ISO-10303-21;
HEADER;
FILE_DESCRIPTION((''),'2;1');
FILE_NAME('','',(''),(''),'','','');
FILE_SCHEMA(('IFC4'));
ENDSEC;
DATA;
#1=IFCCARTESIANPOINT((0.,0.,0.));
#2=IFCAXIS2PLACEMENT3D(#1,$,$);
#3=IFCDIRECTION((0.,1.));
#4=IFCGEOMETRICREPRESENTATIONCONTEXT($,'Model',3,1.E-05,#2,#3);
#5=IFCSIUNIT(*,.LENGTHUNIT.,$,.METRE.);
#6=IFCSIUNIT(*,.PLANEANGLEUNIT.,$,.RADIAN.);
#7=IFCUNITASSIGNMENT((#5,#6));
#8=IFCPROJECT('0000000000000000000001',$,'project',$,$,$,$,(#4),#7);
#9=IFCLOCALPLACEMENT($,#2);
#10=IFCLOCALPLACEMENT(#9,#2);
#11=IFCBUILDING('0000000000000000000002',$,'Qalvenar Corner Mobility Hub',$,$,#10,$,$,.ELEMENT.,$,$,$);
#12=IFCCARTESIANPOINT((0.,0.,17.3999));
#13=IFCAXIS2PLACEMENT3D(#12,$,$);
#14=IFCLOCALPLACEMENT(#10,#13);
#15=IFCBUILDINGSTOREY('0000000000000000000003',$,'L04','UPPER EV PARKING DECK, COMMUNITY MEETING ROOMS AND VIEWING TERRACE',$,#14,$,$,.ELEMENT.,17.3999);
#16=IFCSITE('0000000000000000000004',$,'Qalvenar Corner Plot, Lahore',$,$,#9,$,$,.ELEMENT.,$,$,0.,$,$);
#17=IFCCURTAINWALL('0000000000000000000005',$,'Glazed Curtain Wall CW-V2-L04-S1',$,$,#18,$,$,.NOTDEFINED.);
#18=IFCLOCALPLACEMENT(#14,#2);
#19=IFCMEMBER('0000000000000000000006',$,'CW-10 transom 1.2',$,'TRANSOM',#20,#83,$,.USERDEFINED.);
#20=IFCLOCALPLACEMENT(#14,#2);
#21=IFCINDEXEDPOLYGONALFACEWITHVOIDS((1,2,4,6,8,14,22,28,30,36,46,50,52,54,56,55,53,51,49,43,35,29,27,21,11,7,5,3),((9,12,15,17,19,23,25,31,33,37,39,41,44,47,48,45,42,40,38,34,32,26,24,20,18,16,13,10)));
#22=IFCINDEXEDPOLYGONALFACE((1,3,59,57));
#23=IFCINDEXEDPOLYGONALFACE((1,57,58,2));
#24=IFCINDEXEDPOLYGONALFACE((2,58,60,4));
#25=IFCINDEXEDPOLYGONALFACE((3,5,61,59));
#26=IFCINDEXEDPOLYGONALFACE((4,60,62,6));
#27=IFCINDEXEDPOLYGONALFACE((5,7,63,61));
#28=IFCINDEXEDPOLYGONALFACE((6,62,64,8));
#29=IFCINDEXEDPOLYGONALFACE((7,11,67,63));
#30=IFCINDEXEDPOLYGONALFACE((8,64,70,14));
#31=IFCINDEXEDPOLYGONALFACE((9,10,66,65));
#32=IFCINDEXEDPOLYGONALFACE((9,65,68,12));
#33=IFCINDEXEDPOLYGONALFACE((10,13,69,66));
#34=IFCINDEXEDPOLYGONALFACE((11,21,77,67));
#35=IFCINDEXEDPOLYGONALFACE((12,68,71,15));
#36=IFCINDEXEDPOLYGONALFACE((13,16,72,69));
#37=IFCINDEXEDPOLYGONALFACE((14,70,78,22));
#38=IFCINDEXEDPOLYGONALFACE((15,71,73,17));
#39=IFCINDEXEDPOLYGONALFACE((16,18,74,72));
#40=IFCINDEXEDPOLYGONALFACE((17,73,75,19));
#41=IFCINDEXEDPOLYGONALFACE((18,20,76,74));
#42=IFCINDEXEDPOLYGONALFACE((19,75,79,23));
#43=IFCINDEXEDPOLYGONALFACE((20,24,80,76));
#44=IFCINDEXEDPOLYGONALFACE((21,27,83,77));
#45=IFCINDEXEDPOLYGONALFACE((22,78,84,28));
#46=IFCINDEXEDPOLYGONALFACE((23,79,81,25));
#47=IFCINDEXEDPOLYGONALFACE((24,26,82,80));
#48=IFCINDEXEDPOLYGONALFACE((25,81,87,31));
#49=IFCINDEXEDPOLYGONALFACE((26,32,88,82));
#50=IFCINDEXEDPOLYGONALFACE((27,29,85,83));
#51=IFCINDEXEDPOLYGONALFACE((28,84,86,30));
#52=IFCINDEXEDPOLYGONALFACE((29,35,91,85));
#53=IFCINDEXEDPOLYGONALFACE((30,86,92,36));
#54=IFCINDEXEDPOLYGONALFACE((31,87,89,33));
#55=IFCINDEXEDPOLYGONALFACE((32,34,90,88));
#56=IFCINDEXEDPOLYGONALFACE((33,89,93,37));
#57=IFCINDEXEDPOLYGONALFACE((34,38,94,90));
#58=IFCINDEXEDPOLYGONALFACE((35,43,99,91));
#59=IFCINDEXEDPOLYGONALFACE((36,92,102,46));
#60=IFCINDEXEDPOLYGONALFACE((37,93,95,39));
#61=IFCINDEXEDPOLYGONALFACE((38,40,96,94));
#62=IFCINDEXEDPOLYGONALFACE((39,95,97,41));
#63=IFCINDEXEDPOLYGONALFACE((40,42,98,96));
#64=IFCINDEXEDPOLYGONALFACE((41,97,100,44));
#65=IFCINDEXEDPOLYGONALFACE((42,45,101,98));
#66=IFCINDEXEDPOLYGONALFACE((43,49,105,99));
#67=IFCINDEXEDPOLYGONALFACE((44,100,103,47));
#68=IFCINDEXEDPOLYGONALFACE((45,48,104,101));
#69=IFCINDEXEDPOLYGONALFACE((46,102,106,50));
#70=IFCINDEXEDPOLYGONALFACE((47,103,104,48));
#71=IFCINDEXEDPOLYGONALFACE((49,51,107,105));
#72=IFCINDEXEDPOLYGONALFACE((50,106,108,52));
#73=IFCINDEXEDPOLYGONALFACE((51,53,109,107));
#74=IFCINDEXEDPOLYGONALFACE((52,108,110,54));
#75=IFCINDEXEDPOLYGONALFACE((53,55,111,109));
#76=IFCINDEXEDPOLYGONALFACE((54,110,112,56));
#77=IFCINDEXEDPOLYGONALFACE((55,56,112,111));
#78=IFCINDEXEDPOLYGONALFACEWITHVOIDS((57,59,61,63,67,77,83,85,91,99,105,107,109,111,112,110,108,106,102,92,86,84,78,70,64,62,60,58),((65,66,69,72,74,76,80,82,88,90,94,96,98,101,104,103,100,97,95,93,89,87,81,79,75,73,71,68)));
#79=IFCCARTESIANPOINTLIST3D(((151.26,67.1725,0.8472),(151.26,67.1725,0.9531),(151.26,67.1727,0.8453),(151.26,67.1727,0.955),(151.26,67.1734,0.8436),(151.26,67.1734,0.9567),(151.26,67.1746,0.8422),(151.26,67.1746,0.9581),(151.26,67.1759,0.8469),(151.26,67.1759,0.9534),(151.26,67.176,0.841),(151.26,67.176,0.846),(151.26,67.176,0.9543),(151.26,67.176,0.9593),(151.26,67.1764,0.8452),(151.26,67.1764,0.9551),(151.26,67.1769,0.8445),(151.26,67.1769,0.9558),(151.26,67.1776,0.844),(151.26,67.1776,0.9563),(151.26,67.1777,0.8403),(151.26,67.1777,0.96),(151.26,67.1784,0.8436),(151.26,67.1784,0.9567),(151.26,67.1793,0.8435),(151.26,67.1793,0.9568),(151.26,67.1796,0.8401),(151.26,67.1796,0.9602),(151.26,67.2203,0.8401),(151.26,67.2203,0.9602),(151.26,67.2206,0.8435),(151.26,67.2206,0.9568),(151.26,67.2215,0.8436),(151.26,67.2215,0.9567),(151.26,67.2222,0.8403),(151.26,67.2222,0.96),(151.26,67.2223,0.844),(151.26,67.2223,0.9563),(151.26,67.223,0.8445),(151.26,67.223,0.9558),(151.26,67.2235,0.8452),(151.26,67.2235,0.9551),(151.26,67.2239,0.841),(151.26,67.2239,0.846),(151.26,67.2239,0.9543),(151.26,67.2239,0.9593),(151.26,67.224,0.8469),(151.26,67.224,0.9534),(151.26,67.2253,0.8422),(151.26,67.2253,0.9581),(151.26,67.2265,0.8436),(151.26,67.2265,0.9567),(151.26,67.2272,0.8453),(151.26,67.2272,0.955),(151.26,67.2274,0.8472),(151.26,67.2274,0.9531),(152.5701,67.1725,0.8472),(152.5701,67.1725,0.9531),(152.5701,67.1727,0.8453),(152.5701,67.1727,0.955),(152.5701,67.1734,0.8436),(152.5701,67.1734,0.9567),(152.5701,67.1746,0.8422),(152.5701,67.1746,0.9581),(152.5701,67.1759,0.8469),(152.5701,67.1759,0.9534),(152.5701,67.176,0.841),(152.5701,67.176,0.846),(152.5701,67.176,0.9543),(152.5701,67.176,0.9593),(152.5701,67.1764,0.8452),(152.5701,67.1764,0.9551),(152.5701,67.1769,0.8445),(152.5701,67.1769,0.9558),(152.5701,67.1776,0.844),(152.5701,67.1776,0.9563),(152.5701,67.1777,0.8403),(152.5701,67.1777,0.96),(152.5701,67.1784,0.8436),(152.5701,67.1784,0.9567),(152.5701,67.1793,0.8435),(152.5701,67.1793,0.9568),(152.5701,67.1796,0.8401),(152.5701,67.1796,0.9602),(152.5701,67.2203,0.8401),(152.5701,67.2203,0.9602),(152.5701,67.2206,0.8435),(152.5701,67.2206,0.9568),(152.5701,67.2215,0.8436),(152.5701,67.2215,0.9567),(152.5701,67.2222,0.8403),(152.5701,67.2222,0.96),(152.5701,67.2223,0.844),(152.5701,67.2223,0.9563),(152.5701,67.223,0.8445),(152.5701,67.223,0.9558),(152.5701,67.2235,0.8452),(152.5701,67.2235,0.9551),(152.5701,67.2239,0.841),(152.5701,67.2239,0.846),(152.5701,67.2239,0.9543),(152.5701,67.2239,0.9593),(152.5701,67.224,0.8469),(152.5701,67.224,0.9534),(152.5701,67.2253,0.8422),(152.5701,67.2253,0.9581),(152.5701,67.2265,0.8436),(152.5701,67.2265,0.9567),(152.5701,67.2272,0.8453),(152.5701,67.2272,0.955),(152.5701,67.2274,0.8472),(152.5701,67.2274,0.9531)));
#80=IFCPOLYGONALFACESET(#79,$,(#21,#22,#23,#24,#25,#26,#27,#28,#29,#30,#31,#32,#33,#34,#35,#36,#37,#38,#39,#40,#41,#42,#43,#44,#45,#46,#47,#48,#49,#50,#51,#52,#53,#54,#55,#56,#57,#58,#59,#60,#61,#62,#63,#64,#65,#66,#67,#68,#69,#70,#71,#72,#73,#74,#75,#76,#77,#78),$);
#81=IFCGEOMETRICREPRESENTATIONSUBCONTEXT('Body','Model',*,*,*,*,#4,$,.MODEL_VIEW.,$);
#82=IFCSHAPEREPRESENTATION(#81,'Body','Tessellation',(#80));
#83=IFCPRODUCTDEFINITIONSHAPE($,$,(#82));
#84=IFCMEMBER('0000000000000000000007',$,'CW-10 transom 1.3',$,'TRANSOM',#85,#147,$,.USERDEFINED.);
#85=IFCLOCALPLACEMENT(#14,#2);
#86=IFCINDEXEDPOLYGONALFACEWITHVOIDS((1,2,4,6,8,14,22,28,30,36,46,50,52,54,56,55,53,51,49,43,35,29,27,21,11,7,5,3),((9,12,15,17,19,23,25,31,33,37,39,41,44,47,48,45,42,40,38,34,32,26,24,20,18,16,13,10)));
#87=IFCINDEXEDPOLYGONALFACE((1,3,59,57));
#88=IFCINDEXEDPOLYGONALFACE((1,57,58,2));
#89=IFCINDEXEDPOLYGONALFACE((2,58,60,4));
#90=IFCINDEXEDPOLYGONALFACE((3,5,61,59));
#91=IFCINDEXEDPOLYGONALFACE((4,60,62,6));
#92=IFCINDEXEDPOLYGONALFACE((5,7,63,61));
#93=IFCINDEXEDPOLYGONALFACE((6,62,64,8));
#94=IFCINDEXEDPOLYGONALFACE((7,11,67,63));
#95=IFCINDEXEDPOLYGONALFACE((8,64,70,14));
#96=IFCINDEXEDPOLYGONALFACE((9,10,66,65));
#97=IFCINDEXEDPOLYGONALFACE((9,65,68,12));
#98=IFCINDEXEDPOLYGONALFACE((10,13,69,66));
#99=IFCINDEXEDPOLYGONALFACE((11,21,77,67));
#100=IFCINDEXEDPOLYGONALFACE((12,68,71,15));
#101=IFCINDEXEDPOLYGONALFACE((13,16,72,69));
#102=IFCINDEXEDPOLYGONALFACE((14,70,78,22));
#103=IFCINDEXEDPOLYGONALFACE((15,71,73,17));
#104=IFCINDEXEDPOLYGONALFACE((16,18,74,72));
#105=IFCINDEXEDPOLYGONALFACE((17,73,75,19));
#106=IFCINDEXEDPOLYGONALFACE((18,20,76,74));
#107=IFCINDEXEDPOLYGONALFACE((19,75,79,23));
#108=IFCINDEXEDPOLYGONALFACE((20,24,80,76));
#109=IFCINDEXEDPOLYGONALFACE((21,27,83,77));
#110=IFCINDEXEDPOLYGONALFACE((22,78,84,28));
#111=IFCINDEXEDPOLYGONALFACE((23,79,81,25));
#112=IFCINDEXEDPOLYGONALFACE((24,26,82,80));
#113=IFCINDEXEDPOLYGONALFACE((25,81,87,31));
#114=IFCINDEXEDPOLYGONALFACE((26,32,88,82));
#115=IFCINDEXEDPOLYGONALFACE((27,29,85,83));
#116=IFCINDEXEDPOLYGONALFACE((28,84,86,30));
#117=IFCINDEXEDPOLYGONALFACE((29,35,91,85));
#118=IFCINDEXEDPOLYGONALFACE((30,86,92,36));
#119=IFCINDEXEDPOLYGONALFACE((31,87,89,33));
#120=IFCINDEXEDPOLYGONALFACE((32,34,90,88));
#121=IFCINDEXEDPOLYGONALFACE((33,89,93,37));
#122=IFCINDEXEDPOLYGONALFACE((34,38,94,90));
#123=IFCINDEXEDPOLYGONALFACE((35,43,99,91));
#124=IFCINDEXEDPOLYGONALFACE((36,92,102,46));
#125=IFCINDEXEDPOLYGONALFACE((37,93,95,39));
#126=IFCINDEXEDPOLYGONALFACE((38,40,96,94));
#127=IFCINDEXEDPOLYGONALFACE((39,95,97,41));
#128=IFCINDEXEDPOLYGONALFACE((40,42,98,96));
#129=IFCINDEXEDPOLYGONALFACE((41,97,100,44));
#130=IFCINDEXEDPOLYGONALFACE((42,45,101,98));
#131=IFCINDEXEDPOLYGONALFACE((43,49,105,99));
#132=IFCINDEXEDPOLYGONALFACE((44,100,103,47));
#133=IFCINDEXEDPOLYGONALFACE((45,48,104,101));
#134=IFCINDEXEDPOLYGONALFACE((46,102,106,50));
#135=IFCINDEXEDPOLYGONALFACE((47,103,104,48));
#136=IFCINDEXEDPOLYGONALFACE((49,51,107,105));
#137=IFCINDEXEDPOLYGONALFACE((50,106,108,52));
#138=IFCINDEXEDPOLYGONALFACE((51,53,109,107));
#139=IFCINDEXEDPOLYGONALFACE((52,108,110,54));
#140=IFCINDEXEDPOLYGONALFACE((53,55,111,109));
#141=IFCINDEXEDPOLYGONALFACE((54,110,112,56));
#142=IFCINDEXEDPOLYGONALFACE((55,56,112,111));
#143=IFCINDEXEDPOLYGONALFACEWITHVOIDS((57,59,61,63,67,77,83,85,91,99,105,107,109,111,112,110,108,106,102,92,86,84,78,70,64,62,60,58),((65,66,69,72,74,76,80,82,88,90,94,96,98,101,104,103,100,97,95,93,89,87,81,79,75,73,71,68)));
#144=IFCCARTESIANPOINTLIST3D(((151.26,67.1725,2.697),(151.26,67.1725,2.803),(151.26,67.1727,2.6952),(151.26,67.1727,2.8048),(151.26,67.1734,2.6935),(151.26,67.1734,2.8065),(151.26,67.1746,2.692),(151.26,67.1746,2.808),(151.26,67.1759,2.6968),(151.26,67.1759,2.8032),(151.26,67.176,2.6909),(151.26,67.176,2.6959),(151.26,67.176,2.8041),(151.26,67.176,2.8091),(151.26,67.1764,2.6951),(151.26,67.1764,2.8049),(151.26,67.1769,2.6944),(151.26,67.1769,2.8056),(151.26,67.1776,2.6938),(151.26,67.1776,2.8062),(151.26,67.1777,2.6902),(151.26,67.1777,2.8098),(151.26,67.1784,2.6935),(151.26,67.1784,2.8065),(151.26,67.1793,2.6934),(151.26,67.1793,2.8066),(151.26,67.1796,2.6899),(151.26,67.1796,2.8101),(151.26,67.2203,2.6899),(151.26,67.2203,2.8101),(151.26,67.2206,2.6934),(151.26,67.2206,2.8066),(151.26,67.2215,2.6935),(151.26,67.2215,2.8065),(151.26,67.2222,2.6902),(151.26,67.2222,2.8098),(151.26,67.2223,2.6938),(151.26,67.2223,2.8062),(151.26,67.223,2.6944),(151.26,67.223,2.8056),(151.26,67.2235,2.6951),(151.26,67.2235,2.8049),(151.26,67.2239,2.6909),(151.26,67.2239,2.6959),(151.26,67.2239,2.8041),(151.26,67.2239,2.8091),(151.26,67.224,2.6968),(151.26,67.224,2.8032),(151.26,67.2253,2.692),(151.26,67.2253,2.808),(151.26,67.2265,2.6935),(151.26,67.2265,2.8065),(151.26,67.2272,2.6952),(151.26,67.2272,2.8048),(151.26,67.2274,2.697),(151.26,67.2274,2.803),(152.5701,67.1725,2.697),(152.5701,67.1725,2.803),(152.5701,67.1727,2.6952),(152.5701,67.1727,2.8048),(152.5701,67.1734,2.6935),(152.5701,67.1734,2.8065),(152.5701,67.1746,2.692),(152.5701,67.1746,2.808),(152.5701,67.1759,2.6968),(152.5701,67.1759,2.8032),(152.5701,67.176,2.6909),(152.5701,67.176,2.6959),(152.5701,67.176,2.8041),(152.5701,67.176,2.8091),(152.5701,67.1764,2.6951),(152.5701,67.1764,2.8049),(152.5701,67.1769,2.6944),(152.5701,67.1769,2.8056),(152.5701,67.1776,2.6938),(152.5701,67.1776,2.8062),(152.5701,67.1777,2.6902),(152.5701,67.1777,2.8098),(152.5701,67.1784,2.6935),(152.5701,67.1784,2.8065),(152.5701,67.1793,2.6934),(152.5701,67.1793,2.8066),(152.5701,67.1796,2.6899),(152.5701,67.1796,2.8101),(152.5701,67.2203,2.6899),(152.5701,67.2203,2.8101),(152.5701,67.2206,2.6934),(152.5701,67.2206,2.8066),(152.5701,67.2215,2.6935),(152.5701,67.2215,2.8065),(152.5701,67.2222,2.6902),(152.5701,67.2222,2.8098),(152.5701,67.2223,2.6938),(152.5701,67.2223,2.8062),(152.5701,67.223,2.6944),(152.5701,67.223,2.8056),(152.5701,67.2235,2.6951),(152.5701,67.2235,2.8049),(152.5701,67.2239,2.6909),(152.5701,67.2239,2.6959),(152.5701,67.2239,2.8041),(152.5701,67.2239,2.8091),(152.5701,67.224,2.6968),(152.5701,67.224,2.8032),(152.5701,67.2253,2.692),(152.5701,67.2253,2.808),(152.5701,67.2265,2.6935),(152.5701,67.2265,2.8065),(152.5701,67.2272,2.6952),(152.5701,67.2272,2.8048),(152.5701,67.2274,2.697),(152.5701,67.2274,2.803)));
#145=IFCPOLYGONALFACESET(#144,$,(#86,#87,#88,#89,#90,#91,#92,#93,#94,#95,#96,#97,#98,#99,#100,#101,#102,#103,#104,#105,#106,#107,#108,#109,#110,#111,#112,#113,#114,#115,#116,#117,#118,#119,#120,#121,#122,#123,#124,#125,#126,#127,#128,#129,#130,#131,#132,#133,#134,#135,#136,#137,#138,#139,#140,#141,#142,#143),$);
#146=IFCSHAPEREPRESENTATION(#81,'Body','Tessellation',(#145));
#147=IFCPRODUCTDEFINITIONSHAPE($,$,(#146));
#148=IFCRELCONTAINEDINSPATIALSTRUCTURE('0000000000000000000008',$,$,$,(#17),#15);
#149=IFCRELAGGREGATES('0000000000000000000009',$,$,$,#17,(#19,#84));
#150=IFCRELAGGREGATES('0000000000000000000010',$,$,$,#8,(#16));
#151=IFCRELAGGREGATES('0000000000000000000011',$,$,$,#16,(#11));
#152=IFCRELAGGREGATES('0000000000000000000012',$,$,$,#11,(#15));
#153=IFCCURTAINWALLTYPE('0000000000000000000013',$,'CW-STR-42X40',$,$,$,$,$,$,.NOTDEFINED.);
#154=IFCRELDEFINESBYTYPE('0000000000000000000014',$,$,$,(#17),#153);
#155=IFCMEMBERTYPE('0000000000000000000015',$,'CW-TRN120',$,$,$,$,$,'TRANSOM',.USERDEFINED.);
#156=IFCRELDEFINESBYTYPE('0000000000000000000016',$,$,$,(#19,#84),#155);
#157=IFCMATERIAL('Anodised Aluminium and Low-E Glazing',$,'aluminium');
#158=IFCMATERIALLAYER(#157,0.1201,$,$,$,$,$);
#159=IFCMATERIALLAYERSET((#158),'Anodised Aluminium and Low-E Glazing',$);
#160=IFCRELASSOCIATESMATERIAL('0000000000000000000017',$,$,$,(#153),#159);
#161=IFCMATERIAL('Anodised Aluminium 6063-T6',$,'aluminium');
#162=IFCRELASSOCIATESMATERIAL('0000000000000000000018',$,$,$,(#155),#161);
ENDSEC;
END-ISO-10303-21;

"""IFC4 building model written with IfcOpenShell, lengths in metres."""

from ifc_helpers import new_model, si_unit, direction, frame, origin, origin_2d, place, context, subcontext, project, spatial, hollow_rectangle, extrude, material, layer, layer_set, material_profile, profile_set, type_object, element, aggregate, save


model = new_model("IFC4")

# Units and contexts
model_context = context("Model", 3, precision=1e-05, world=origin(), true_north=direction((0.0, 1.0)))
body_context = subcontext(model_context, "Body", "Model", "MODEL_VIEW")
ifc_project = project(units=[si_unit("LENGTHUNIT", "METRE"), si_unit("PLANEANGLEUNIT", "RADIAN")], contexts=[model_context])

# Site, building, storey
site_placement = place(None, origin())
site = spatial("IfcSite", under=ifc_project, at=site_placement, Name="Qalvenar Corner Plot, Lahore", CompositionType="ELEMENT", RefElevation=0.0)
building_placement = place(site_placement, origin())
building = spatial("IfcBuilding", under=site, at=building_placement, Name="Qalvenar Corner Mobility Hub", CompositionType="ELEMENT")
storey_placement = place(building_placement, frame((0.0, 0.0, 17.3999)))
storey = spatial("IfcBuildingStorey", under=building, at=storey_placement, Name="L04", Description="UPPER EV PARKING DECK, COMMUNITY MEETING ROOMS AND VIEWING TERRACE", CompositionType="ELEMENT", Elevation=17.3999)

# Shared definitions
ifc_material_1 = material(Name="Anodised Aluminium and Low-E Glazing", Category="aluminium")
ifc_layer_1 = layer(ifc_material_1, 0.1201)
ifc_layer_set_1 = layer_set([ifc_layer_1], Name="Anodised Aluminium and Low-E Glazing")
curtain_wall_type = type_object("IfcCurtainWallType", Name="CW-STR-42X40", PredefinedType="NOTDEFINED", material=ifc_layer_set_1)
ifc_material_2 = material(Name="Anodised Aluminium 6063-T6", Category="aluminium")

# Curtain wall
curtain_wall_1_placement = place(storey_placement, origin())
curtain_wall_1 = element("IfcCurtainWall", 1, at=curtain_wall_1_placement, inside=storey, type_object=curtain_wall_type, Name="Glazed Curtain Wall CW-V2-L04-S1", PredefinedType="NOTDEFINED")

# Members
ifc_material_profile_1 = material_profile(ifc_material_2, hollow_rectangle(XDim=0.0549, YDim=0.1201, WallThickness=0.0034, InnerFilletRadius=0.0034, OuterFilletRadius=0.0071, at=origin_2d()), Name="RHS120x55x3.5")
ifc_profile_set_1 = profile_set([ifc_material_profile_1], Name="Anodised Aluminium 6063-T6")
member_type_1 = type_object("IfcMemberType", Name="CW-TRN120", ElementType="TRANSOM", PredefinedType="USERDEFINED", material=ifc_profile_set_1)
member_1_placement = place(storey_placement, frame((151.26, 67.2, 0.9001), z_axis=(1.0, 0.0, 0.0), x_axis=(0.0, 1.0, 0.0)))
member_1 = element("IfcMember", 2, at=member_1_placement, type_object=member_type_1, Name="CW-10 transom 1.2", ObjectType="TRANSOM", PredefinedType="USERDEFINED", context=body_context, shape_type="SweptSolid", body=[
    extrude(hollow_rectangle(XDim=0.0549, YDim=0.1201, WallThickness=0.0034, InnerFilletRadius=0.0034, OuterFilletRadius=0.0071, at=origin_2d()), origin(), (0.0, 0.0, 1.0), 1.3101),
])
member_2_placement = place(storey_placement, frame((151.26, 67.2, 2.75), z_axis=(1.0, 0.0, 0.0), x_axis=(0.0, 1.0, 0.0)))
member_2 = element("IfcMember", 3, at=member_2_placement, type_object=member_type_1, Name="CW-10 transom 1.3", ObjectType="TRANSOM", PredefinedType="USERDEFINED", context=body_context, shape_type="SweptSolid", body=[
    extrude(hollow_rectangle(XDim=0.0549, YDim=0.1201, WallThickness=0.0034, InnerFilletRadius=0.0034, OuterFilletRadius=0.0071, at=origin_2d()), origin(), (0.0, 0.0, 1.0), 1.3101),
])
aggregate(curtain_wall_1, [member_1, member_2])

save(model, "model.ifc")
